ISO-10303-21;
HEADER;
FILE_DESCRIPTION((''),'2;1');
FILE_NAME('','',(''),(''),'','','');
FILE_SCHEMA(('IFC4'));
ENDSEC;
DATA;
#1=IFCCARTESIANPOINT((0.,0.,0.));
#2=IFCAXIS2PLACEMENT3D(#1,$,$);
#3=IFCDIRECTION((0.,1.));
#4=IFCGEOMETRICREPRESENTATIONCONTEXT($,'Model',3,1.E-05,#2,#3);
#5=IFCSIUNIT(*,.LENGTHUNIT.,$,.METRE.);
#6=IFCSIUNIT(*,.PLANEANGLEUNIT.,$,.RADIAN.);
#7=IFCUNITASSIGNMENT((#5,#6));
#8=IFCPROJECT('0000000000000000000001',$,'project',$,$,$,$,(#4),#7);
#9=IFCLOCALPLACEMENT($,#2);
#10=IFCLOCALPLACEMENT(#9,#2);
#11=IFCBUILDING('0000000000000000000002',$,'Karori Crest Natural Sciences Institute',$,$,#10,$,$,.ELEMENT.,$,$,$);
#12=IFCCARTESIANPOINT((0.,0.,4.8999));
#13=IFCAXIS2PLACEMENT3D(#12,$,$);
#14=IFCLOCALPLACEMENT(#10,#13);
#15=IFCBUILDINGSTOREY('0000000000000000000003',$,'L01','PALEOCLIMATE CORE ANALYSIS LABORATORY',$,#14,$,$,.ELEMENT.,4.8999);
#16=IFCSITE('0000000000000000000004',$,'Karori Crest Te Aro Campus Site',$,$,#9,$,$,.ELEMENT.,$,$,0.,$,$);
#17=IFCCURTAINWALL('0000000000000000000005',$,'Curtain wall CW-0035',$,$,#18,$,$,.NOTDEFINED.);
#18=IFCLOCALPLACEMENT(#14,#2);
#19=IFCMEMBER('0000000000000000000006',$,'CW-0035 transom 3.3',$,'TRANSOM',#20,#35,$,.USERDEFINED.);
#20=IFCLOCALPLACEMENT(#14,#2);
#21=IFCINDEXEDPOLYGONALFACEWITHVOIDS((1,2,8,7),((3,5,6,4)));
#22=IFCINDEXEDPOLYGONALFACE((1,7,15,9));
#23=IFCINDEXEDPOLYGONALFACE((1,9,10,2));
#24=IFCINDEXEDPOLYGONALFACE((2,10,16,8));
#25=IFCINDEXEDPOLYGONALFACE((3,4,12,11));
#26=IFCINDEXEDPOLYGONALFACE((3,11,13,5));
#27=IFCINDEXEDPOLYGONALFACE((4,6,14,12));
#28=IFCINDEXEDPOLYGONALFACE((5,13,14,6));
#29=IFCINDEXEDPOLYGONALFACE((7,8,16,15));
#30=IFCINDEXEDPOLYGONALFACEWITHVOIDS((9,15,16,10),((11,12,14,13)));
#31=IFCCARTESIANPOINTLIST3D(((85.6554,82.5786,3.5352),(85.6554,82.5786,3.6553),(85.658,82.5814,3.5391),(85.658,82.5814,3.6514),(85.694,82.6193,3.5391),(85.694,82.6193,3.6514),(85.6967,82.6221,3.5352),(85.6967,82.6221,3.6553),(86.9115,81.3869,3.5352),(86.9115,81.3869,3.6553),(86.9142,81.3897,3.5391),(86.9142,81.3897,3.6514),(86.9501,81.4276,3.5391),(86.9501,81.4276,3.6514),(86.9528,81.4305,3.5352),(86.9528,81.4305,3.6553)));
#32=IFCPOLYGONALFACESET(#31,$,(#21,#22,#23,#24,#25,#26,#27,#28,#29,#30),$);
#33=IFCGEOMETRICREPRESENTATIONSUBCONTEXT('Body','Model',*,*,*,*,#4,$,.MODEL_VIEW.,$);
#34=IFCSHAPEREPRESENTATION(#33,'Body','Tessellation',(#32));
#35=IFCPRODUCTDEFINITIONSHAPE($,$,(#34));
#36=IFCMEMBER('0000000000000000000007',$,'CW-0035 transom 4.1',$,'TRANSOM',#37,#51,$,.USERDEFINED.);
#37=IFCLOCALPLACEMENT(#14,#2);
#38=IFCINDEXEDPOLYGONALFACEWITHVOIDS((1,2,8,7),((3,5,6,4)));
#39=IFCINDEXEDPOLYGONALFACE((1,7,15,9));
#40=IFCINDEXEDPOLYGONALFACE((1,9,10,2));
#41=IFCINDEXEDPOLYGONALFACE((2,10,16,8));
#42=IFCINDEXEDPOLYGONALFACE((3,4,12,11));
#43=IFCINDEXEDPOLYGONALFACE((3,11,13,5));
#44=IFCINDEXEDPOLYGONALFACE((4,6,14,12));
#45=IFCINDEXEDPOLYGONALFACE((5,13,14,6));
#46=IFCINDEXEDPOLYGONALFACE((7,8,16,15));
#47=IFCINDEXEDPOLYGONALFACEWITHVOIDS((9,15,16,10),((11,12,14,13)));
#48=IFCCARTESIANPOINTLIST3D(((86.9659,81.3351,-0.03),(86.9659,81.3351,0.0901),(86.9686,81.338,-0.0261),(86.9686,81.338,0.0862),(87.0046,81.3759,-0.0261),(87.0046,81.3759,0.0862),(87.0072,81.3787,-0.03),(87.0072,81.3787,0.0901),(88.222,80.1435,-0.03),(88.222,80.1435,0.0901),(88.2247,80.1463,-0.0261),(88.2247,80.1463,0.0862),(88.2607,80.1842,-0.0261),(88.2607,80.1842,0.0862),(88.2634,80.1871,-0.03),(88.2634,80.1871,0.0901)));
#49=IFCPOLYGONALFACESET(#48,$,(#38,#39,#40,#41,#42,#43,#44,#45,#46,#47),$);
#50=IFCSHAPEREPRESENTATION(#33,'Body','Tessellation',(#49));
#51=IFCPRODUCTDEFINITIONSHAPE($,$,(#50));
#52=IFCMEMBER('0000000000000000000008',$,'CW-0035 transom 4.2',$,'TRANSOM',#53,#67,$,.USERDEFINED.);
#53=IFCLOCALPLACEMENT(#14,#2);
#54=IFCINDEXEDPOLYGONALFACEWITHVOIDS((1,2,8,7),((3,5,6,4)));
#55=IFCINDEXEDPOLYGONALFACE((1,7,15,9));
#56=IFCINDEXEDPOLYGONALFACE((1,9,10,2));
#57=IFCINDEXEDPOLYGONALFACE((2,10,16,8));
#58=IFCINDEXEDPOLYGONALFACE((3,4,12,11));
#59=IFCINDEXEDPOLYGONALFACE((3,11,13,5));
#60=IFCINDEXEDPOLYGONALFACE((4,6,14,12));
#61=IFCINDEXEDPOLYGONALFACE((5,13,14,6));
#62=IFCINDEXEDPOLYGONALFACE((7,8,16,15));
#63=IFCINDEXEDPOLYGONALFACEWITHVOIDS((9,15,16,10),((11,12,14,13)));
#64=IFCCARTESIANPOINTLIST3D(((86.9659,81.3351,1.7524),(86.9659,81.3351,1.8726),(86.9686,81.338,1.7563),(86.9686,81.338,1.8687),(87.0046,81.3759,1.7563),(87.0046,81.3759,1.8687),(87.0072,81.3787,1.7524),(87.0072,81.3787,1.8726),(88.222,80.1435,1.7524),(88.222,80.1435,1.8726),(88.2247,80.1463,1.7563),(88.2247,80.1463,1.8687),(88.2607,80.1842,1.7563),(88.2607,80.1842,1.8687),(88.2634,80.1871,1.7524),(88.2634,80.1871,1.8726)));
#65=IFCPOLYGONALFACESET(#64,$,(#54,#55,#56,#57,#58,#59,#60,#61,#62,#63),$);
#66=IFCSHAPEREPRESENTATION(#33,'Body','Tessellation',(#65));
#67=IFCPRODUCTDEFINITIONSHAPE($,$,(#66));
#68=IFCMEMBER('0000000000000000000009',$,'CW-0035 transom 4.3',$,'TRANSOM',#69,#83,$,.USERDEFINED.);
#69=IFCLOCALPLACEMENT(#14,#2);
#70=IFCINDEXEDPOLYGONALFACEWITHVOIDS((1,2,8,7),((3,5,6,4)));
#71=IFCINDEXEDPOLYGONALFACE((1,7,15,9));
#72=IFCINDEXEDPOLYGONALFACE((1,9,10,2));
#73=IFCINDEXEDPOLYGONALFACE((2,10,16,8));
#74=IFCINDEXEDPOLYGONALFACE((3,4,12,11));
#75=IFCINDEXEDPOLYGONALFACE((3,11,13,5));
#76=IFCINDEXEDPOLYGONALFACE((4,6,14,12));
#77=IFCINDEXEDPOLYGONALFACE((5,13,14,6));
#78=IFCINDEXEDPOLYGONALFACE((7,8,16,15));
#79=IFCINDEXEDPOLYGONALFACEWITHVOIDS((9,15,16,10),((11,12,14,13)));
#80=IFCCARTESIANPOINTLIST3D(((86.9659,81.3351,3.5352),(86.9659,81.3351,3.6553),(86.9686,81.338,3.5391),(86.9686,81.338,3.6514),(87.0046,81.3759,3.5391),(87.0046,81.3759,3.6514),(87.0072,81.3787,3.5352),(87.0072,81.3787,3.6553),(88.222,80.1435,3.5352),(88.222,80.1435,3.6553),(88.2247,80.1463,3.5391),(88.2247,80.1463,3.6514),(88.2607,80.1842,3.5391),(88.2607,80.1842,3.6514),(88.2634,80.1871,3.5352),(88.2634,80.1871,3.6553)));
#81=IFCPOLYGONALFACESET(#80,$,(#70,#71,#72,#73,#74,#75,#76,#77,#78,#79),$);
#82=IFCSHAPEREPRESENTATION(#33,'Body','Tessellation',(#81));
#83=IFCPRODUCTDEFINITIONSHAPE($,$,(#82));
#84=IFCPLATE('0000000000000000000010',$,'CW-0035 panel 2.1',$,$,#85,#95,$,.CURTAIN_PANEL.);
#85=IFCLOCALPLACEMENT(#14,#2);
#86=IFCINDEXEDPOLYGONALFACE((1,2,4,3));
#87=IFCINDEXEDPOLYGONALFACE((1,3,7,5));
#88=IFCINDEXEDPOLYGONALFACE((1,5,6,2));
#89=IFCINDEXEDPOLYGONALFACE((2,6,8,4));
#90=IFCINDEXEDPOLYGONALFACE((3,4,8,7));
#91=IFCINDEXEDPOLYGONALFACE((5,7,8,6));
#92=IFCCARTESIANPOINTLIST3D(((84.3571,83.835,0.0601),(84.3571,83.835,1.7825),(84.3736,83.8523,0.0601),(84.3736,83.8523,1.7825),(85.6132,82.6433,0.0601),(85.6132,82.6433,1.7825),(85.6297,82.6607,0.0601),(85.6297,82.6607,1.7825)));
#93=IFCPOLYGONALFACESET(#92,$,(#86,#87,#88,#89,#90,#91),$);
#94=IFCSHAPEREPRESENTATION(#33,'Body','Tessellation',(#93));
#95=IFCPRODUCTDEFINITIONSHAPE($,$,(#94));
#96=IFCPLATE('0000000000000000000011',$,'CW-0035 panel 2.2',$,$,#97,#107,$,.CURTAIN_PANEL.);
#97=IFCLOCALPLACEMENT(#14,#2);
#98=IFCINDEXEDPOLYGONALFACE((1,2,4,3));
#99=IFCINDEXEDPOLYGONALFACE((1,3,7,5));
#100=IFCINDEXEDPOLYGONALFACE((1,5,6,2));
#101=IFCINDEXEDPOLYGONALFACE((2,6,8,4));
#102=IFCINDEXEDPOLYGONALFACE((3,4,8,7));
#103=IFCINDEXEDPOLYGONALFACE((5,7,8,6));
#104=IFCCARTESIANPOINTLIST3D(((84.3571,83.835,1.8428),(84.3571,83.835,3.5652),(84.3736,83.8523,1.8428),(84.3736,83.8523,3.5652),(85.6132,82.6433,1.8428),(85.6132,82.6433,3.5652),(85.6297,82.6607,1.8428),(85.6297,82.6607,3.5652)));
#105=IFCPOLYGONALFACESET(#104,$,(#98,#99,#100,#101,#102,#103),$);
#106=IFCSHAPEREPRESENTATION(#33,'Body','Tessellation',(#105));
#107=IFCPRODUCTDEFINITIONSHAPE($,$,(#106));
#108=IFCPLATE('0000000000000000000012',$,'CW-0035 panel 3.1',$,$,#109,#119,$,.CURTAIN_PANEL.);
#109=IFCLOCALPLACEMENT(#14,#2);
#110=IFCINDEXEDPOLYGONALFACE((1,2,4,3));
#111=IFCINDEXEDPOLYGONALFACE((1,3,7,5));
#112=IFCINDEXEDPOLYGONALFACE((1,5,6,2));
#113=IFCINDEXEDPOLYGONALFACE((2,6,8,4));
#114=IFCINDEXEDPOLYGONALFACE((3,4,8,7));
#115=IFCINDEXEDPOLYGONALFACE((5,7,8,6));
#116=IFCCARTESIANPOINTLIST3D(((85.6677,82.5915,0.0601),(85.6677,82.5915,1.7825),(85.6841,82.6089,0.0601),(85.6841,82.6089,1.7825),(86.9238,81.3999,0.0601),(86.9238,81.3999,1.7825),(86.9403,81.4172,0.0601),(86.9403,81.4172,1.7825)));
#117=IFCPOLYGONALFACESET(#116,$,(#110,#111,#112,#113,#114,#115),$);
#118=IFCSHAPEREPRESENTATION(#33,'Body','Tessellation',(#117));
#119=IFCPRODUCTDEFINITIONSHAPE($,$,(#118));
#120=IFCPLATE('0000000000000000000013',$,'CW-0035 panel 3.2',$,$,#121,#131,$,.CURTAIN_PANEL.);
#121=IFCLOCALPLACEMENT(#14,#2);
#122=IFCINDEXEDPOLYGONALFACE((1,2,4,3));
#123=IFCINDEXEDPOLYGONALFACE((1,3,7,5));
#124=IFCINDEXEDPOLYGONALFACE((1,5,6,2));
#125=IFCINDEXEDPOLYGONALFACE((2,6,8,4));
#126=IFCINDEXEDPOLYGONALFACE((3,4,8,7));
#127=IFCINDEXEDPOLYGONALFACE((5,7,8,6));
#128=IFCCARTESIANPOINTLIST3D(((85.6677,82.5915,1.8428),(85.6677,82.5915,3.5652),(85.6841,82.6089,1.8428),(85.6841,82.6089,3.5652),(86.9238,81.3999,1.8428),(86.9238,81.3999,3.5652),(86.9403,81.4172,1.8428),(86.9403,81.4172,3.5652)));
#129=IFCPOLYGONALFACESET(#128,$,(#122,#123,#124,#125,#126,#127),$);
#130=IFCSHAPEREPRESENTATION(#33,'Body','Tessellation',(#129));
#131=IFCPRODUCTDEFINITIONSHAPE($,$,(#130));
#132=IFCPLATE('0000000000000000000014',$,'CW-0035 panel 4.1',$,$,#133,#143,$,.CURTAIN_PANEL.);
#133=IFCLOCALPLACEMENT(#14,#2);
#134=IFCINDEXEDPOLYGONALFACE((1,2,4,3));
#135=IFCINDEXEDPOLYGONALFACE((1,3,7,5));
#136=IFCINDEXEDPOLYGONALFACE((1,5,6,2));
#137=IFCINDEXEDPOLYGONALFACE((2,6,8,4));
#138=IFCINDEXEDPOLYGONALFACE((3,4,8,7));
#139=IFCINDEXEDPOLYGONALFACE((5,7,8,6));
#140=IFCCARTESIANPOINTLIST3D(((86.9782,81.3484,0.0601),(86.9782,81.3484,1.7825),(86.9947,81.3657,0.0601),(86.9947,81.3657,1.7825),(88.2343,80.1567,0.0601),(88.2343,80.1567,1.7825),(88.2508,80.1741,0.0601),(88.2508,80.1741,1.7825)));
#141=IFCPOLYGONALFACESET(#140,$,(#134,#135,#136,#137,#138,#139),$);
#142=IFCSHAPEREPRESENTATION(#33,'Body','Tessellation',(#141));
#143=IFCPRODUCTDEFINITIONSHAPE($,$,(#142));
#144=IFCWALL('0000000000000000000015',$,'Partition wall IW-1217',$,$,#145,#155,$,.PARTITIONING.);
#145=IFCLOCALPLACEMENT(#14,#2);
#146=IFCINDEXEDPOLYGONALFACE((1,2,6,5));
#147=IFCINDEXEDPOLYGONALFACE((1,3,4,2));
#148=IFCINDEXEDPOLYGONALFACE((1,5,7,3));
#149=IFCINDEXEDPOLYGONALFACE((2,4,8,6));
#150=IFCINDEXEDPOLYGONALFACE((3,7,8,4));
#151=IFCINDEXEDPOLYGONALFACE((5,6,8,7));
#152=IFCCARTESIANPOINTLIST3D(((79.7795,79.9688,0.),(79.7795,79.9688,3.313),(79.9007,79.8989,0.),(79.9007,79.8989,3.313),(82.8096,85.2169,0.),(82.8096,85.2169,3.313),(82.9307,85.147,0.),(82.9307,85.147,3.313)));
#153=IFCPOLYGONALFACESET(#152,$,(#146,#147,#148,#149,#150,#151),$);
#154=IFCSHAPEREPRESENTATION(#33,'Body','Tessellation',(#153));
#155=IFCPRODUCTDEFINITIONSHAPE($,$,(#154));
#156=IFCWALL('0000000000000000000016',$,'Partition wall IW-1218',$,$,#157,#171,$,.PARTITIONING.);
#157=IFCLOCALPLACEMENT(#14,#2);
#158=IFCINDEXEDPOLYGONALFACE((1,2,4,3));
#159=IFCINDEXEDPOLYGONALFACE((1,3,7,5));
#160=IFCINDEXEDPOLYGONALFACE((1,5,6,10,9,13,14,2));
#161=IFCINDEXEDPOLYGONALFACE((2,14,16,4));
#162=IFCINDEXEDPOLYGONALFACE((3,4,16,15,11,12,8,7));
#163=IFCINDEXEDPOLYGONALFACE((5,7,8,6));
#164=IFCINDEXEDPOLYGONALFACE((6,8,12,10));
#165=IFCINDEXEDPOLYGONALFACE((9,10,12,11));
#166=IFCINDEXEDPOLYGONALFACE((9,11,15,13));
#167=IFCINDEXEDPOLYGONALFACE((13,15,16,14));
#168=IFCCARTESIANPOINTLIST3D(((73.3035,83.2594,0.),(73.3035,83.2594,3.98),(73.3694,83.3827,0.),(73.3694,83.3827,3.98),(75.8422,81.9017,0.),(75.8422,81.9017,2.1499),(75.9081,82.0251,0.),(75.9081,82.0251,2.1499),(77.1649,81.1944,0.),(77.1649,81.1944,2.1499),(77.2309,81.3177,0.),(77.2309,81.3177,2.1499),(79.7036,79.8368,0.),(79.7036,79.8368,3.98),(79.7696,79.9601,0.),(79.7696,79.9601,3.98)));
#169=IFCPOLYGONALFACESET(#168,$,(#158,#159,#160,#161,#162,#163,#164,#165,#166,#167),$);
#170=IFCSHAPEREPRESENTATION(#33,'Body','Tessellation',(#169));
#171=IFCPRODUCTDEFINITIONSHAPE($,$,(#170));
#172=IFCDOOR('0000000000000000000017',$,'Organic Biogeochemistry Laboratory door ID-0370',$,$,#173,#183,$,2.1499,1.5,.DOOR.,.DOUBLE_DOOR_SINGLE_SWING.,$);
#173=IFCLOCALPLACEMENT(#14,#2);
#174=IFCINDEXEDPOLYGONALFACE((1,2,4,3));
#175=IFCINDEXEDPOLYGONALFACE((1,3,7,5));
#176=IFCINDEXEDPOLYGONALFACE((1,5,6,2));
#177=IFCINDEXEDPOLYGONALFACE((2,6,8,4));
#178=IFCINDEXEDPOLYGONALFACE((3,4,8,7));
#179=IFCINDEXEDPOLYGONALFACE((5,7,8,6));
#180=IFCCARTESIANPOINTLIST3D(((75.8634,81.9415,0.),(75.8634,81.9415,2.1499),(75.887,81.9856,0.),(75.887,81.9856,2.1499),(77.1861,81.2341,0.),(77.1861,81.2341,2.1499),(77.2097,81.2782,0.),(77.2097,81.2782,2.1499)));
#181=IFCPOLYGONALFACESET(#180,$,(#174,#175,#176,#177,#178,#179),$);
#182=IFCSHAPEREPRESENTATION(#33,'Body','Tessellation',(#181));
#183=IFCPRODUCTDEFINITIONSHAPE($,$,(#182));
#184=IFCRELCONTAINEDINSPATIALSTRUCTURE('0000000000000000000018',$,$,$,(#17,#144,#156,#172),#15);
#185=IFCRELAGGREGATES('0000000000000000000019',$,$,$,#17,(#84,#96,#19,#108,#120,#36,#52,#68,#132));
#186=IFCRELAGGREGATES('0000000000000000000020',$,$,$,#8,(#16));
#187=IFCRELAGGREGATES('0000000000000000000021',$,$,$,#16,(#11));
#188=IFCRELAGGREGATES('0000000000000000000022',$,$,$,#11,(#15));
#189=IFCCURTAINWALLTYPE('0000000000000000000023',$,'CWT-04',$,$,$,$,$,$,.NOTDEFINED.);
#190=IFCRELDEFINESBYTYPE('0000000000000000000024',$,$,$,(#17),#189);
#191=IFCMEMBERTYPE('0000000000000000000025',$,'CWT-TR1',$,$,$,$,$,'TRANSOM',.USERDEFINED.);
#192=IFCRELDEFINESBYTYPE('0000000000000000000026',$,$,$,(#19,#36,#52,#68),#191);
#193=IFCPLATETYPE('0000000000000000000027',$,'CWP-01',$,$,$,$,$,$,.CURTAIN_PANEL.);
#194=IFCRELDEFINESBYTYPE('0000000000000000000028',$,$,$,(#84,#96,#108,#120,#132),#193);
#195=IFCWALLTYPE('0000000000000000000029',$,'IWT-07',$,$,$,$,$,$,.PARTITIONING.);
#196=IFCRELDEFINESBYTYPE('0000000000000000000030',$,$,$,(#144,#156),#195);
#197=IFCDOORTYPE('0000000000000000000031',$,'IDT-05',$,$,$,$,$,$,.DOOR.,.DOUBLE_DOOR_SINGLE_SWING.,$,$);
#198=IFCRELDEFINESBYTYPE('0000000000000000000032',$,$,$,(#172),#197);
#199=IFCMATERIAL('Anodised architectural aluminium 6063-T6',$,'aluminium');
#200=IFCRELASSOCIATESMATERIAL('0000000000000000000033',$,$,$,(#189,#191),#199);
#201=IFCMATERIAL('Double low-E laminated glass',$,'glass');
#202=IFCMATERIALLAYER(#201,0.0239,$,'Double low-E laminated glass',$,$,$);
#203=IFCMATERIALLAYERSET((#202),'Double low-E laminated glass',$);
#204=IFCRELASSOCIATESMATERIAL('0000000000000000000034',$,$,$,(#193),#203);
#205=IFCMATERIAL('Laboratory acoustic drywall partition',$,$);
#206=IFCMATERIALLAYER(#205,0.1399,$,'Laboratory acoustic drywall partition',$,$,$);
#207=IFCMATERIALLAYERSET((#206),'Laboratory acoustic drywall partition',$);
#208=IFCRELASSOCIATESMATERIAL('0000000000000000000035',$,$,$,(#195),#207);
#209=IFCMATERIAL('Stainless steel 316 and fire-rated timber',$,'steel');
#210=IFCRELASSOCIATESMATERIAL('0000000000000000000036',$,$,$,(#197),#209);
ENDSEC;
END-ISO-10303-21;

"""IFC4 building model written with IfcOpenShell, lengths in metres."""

from ifc_helpers import new_model, si_unit, direction, frame, frame_2d, origin, origin_2d, place, context, subcontext, project, spatial, rectangle, hollow_rectangle, extrude, material, layer, layer_set, material_profile, profile_set, type_object, element, fill, aggregate, save


model = new_model("IFC4")

# Units and contexts
model_context = context("Model", 3, precision=1e-05, world=origin(), true_north=direction((0.0, 1.0)))
body_context = subcontext(model_context, "Body", "Model", "MODEL_VIEW")
ifc_project = project(units=[si_unit("LENGTHUNIT", "METRE"), si_unit("PLANEANGLEUNIT", "RADIAN")], contexts=[model_context])

# Site, building, storey
site_placement = place(None, origin())
site = spatial("IfcSite", under=ifc_project, at=site_placement, Name="Karori Crest Te Aro Campus Site", CompositionType="ELEMENT", RefElevation=0.0)
building_placement = place(site_placement, origin())
building = spatial("IfcBuilding", under=site, at=building_placement, Name="Karori Crest Natural Sciences Institute", CompositionType="ELEMENT")
storey_placement = place(building_placement, frame((0.0, 0.0, 4.8999)))
storey = spatial("IfcBuildingStorey", under=building, at=storey_placement, Name="L01", Description="PALEOCLIMATE CORE ANALYSIS LABORATORY", CompositionType="ELEMENT", Elevation=4.8999)

# Curtain wall, members, plates
ifc_material_1 = material(Name="Anodised architectural aluminium 6063-T6", Category="aluminium")
curtain_wall_type = type_object("IfcCurtainWallType", Name="CWT-04", PredefinedType="NOTDEFINED", material=ifc_material_1)
curtain_wall_placement = place(storey_placement, origin())
curtain_wall = element("IfcCurtainWall", 1, at=curtain_wall_placement, inside=storey, type_object=curtain_wall_type, Name="Curtain wall CW-0035", PredefinedType="NOTDEFINED")
ifc_material_profile_1 = material_profile(ifc_material_1, hollow_rectangle(XDim=0.0601, YDim=0.1201, WallThickness=0.0039, at=origin_2d()), Name="CWT120x60x4")
ifc_profile_set_1 = profile_set([ifc_material_profile_1], Name="Anodised architectural aluminium 6063-T6")
member_type_1 = type_object("IfcMemberType", Name="CWT-TR1", ElementType="TRANSOM", PredefinedType="USERDEFINED", material=ifc_profile_set_1)
member_1_placement = place(storey_placement, frame((85.676, 82.6003, 3.5952), z_axis=(0.725475, -0.688249, 0.0), x_axis=(0.688249, 0.725475, 0.0)))
member_1 = element("IfcMember", 2, at=member_1_placement, type_object=member_type_1, Name="CW-0035 transom 3.3", ObjectType="TRANSOM", PredefinedType="USERDEFINED", context=body_context, shape_type="SweptSolid", body=[
    extrude(hollow_rectangle(XDim=0.0601, YDim=0.1201, WallThickness=0.0039, at=origin_2d()), origin(), (0.0, 0.0, 1.0), 1.7314),
])
member_2_placement = place(storey_placement, frame((86.9866, 81.3569, 0.03), z_axis=(0.725475, -0.688249, 0.0), x_axis=(0.688249, 0.725475, 0.0)))
member_2 = element("IfcMember", 3, at=member_2_placement, type_object=member_type_1, Name="CW-0035 transom 4.1", ObjectType="TRANSOM", PredefinedType="USERDEFINED", context=body_context, shape_type="SweptSolid", body=[
    extrude(hollow_rectangle(XDim=0.0601, YDim=0.1201, WallThickness=0.0039, at=origin_2d()), origin(), (0.0, 0.0, 1.0), 1.7314),
])
member_3_placement = place(storey_placement, frame((86.9866, 81.3569, 1.8125), z_axis=(0.725475, -0.688249, 0.0), x_axis=(0.688249, 0.725475, 0.0)))
member_3 = element("IfcMember", 4, at=member_3_placement, type_object=member_type_1, Name="CW-0035 transom 4.2", ObjectType="TRANSOM", PredefinedType="USERDEFINED", context=body_context, shape_type="SweptSolid", body=[
    extrude(hollow_rectangle(XDim=0.0601, YDim=0.1201, WallThickness=0.0039, at=origin_2d()), origin(), (0.0, 0.0, 1.0), 1.7314),
])
member_4_placement = place(storey_placement, frame((86.9866, 81.3569, 3.5952), z_axis=(0.725475, -0.688249, 0.0), x_axis=(0.688249, 0.725475, 0.0)))
member_4 = element("IfcMember", 5, at=member_4_placement, type_object=member_type_1, Name="CW-0035 transom 4.3", ObjectType="TRANSOM", PredefinedType="USERDEFINED", context=body_context, shape_type="SweptSolid", body=[
    extrude(hollow_rectangle(XDim=0.0601, YDim=0.1201, WallThickness=0.0039, at=origin_2d()), origin(), (0.0, 0.0, 1.0), 1.7314),
])
ifc_material_2 = material(Name="Double low-E laminated glass", Category="glass")
ifc_layer_1 = layer(ifc_material_2, 0.0239, Name="Double low-E laminated glass")
ifc_layer_set_1 = layer_set([ifc_layer_1], Name="Double low-E laminated glass")
plate_type = type_object("IfcPlateType", Name="CWP-01", PredefinedType="CURTAIN_PANEL", material=ifc_layer_set_1)
plate_1_placement = place(storey_placement, frame((84.9934, 83.2478, 0.0601), z_axis=(0.0, 0.0, 1.0), x_axis=(0.725477, -0.688246, 0.0)))
plate_1 = element("IfcPlate", 6, at=plate_1_placement, type_object=plate_type, Name="CW-0035 panel 2.1", PredefinedType="CURTAIN_PANEL", context=body_context, shape_type="SweptSolid", body=[
    extrude(rectangle(XDim=1.7314, YDim=0.0239, at=origin_2d()), origin(), (0.0, 0.0, 1.0), 1.7224),
])
plate_2_placement = place(storey_placement, frame((84.9934, 83.2478, 1.8428), z_axis=(0.0, 0.0, 1.0), x_axis=(0.725477, -0.688246, 0.0)))
plate_2 = element("IfcPlate", 7, at=plate_2_placement, type_object=plate_type, Name="CW-0035 panel 2.2", PredefinedType="CURTAIN_PANEL", context=body_context, shape_type="SweptSolid", body=[
    extrude(rectangle(XDim=1.7314, YDim=0.0239, at=origin_2d()), origin(), (0.0, 0.0, 1.0), 1.7224),
])
plate_3_placement = place(storey_placement, frame((86.304, 82.0044, 0.0601), z_axis=(0.0, 0.0, 1.0), x_axis=(0.725477, -0.688246, 0.0)))
plate_3 = element("IfcPlate", 8, at=plate_3_placement, type_object=plate_type, Name="CW-0035 panel 3.1", PredefinedType="CURTAIN_PANEL", context=body_context, shape_type="SweptSolid", body=[
    extrude(rectangle(XDim=1.7314, YDim=0.0239, at=origin_2d()), origin(), (0.0, 0.0, 1.0), 1.7224),
])
plate_4_placement = place(storey_placement, frame((86.304, 82.0044, 1.8428), z_axis=(0.0, 0.0, 1.0), x_axis=(0.725477, -0.688246, 0.0)))
plate_4 = element("IfcPlate", 9, at=plate_4_placement, type_object=plate_type, Name="CW-0035 panel 3.2", PredefinedType="CURTAIN_PANEL", context=body_context, shape_type="SweptSolid", body=[
    extrude(rectangle(XDim=1.7314, YDim=0.0239, at=origin_2d()), origin(), (0.0, 0.0, 1.0), 1.7224),
])
plate_5_placement = place(storey_placement, frame((87.6145, 80.7612, 0.0601), z_axis=(0.0, 0.0, 1.0), x_axis=(0.725477, -0.688246, 0.0)))
plate_5 = element("IfcPlate", 10, at=plate_5_placement, type_object=plate_type, Name="CW-0035 panel 4.1", PredefinedType="CURTAIN_PANEL", context=body_context, shape_type="SweptSolid", body=[
    extrude(rectangle(XDim=1.7314, YDim=0.0239, at=origin_2d()), origin(), (0.0, 0.0, 1.0), 1.7224),
])
aggregate(curtain_wall, [plate_1, plate_2, member_1, plate_3, plate_4, member_2, member_3, member_4, plate_5])

# Wall
ifc_material_3 = material(Name="Laboratory acoustic drywall partition")
ifc_layer_2 = layer(ifc_material_3, 0.1399, Name="Laboratory acoustic drywall partition")
ifc_layer_set_2 = layer_set([ifc_layer_2], Name="Laboratory acoustic drywall partition")
wall_type = type_object("IfcWallType", Name="IWT-07", PredefinedType="PARTITIONING", material=ifc_layer_set_2)
wall_1_placement = place(storey_placement, frame((79.8401, 79.9338, 0.0), z_axis=(0.0, 0.0, 1.0), x_axis=(0.500008, 0.866021, 0.0)))
element("IfcWall", 11, at=wall_1_placement, inside=storey, type_object=wall_type, Name="Partition wall IW-1217", PredefinedType="PARTITIONING", context=body_context, shape_type="SweptSolid", body=[
    extrude(rectangle(XDim=6.0601, YDim=0.1399, at=frame_2d((3.03, 0.0))), origin(), (0.0, 0.0, 1.0), 3.313),
])

# Wall, opening, door
wall_2_placement = place(storey_placement, frame((79.7366, 79.8984, 0.0), z_axis=(0.0, 0.0, 1.0), x_axis=(-0.881826, 0.471574, 0.0)))
wall_2 = element("IfcWall", 12, at=wall_2_placement, inside=storey, type_object=wall_type, Name="Partition wall IW-1218", PredefinedType="PARTITIONING", context=body_context, shape_type="SweptSolid", body=[
    extrude(rectangle(XDim=7.2578, YDim=0.1399, at=frame_2d((3.6289, 0.0))), origin(), (0.0, 0.0, 1.0), 3.98),
])
opening_placement = place(wall_2_placement, frame((2.8789, 0.0, 0.0)))
opening = element("IfcOpeningElement", 13, at=opening_placement, cuts=wall_2, PredefinedType="OPENING", context=body_context, shape_type="SweptSolid", body=[
    extrude(rectangle(XDim=1.5, YDim=2.1499, at=frame_2d((0.75, 1.075))), frame((0.0, 0.0801, 0.0), z_axis=(0.0, -1.0, 0.0), x_axis=(1.0, 0.0, 0.0)), (0.0, 0.0, 1.0), 0.1599),
])
ifc_material_4 = material(Name="Stainless steel 316 and fire-rated timber", Category="steel")
door_type = type_object("IfcDoorType", Name="IDT-05", OperationType="DOUBLE_DOOR_SINGLE_SWING", PredefinedType="DOOR", material=ifc_material_4)
door_placement = place(opening_placement, origin())
door = element("IfcDoor", 14, at=door_placement, inside=storey, type_object=door_type, Name="Organic Biogeochemistry Laboratory door ID-0370", OperationType="DOUBLE_DOOR_SINGLE_SWING", OverallHeight=2.1499, OverallWidth=1.5, PredefinedType="DOOR", context=body_context, shape_type="SweptSolid", body=[
    extrude(rectangle(XDim=1.5, YDim=2.1499, at=frame_2d((0.75, 1.075))), frame((0.0, 0.0249, 0.0), z_axis=(0.0, -1.0, 0.0), x_axis=(1.0, 0.0, 0.0)), (0.0, 0.0, 1.0), 0.05),
])
fill(opening, door)

save(model, "model.ifc")
